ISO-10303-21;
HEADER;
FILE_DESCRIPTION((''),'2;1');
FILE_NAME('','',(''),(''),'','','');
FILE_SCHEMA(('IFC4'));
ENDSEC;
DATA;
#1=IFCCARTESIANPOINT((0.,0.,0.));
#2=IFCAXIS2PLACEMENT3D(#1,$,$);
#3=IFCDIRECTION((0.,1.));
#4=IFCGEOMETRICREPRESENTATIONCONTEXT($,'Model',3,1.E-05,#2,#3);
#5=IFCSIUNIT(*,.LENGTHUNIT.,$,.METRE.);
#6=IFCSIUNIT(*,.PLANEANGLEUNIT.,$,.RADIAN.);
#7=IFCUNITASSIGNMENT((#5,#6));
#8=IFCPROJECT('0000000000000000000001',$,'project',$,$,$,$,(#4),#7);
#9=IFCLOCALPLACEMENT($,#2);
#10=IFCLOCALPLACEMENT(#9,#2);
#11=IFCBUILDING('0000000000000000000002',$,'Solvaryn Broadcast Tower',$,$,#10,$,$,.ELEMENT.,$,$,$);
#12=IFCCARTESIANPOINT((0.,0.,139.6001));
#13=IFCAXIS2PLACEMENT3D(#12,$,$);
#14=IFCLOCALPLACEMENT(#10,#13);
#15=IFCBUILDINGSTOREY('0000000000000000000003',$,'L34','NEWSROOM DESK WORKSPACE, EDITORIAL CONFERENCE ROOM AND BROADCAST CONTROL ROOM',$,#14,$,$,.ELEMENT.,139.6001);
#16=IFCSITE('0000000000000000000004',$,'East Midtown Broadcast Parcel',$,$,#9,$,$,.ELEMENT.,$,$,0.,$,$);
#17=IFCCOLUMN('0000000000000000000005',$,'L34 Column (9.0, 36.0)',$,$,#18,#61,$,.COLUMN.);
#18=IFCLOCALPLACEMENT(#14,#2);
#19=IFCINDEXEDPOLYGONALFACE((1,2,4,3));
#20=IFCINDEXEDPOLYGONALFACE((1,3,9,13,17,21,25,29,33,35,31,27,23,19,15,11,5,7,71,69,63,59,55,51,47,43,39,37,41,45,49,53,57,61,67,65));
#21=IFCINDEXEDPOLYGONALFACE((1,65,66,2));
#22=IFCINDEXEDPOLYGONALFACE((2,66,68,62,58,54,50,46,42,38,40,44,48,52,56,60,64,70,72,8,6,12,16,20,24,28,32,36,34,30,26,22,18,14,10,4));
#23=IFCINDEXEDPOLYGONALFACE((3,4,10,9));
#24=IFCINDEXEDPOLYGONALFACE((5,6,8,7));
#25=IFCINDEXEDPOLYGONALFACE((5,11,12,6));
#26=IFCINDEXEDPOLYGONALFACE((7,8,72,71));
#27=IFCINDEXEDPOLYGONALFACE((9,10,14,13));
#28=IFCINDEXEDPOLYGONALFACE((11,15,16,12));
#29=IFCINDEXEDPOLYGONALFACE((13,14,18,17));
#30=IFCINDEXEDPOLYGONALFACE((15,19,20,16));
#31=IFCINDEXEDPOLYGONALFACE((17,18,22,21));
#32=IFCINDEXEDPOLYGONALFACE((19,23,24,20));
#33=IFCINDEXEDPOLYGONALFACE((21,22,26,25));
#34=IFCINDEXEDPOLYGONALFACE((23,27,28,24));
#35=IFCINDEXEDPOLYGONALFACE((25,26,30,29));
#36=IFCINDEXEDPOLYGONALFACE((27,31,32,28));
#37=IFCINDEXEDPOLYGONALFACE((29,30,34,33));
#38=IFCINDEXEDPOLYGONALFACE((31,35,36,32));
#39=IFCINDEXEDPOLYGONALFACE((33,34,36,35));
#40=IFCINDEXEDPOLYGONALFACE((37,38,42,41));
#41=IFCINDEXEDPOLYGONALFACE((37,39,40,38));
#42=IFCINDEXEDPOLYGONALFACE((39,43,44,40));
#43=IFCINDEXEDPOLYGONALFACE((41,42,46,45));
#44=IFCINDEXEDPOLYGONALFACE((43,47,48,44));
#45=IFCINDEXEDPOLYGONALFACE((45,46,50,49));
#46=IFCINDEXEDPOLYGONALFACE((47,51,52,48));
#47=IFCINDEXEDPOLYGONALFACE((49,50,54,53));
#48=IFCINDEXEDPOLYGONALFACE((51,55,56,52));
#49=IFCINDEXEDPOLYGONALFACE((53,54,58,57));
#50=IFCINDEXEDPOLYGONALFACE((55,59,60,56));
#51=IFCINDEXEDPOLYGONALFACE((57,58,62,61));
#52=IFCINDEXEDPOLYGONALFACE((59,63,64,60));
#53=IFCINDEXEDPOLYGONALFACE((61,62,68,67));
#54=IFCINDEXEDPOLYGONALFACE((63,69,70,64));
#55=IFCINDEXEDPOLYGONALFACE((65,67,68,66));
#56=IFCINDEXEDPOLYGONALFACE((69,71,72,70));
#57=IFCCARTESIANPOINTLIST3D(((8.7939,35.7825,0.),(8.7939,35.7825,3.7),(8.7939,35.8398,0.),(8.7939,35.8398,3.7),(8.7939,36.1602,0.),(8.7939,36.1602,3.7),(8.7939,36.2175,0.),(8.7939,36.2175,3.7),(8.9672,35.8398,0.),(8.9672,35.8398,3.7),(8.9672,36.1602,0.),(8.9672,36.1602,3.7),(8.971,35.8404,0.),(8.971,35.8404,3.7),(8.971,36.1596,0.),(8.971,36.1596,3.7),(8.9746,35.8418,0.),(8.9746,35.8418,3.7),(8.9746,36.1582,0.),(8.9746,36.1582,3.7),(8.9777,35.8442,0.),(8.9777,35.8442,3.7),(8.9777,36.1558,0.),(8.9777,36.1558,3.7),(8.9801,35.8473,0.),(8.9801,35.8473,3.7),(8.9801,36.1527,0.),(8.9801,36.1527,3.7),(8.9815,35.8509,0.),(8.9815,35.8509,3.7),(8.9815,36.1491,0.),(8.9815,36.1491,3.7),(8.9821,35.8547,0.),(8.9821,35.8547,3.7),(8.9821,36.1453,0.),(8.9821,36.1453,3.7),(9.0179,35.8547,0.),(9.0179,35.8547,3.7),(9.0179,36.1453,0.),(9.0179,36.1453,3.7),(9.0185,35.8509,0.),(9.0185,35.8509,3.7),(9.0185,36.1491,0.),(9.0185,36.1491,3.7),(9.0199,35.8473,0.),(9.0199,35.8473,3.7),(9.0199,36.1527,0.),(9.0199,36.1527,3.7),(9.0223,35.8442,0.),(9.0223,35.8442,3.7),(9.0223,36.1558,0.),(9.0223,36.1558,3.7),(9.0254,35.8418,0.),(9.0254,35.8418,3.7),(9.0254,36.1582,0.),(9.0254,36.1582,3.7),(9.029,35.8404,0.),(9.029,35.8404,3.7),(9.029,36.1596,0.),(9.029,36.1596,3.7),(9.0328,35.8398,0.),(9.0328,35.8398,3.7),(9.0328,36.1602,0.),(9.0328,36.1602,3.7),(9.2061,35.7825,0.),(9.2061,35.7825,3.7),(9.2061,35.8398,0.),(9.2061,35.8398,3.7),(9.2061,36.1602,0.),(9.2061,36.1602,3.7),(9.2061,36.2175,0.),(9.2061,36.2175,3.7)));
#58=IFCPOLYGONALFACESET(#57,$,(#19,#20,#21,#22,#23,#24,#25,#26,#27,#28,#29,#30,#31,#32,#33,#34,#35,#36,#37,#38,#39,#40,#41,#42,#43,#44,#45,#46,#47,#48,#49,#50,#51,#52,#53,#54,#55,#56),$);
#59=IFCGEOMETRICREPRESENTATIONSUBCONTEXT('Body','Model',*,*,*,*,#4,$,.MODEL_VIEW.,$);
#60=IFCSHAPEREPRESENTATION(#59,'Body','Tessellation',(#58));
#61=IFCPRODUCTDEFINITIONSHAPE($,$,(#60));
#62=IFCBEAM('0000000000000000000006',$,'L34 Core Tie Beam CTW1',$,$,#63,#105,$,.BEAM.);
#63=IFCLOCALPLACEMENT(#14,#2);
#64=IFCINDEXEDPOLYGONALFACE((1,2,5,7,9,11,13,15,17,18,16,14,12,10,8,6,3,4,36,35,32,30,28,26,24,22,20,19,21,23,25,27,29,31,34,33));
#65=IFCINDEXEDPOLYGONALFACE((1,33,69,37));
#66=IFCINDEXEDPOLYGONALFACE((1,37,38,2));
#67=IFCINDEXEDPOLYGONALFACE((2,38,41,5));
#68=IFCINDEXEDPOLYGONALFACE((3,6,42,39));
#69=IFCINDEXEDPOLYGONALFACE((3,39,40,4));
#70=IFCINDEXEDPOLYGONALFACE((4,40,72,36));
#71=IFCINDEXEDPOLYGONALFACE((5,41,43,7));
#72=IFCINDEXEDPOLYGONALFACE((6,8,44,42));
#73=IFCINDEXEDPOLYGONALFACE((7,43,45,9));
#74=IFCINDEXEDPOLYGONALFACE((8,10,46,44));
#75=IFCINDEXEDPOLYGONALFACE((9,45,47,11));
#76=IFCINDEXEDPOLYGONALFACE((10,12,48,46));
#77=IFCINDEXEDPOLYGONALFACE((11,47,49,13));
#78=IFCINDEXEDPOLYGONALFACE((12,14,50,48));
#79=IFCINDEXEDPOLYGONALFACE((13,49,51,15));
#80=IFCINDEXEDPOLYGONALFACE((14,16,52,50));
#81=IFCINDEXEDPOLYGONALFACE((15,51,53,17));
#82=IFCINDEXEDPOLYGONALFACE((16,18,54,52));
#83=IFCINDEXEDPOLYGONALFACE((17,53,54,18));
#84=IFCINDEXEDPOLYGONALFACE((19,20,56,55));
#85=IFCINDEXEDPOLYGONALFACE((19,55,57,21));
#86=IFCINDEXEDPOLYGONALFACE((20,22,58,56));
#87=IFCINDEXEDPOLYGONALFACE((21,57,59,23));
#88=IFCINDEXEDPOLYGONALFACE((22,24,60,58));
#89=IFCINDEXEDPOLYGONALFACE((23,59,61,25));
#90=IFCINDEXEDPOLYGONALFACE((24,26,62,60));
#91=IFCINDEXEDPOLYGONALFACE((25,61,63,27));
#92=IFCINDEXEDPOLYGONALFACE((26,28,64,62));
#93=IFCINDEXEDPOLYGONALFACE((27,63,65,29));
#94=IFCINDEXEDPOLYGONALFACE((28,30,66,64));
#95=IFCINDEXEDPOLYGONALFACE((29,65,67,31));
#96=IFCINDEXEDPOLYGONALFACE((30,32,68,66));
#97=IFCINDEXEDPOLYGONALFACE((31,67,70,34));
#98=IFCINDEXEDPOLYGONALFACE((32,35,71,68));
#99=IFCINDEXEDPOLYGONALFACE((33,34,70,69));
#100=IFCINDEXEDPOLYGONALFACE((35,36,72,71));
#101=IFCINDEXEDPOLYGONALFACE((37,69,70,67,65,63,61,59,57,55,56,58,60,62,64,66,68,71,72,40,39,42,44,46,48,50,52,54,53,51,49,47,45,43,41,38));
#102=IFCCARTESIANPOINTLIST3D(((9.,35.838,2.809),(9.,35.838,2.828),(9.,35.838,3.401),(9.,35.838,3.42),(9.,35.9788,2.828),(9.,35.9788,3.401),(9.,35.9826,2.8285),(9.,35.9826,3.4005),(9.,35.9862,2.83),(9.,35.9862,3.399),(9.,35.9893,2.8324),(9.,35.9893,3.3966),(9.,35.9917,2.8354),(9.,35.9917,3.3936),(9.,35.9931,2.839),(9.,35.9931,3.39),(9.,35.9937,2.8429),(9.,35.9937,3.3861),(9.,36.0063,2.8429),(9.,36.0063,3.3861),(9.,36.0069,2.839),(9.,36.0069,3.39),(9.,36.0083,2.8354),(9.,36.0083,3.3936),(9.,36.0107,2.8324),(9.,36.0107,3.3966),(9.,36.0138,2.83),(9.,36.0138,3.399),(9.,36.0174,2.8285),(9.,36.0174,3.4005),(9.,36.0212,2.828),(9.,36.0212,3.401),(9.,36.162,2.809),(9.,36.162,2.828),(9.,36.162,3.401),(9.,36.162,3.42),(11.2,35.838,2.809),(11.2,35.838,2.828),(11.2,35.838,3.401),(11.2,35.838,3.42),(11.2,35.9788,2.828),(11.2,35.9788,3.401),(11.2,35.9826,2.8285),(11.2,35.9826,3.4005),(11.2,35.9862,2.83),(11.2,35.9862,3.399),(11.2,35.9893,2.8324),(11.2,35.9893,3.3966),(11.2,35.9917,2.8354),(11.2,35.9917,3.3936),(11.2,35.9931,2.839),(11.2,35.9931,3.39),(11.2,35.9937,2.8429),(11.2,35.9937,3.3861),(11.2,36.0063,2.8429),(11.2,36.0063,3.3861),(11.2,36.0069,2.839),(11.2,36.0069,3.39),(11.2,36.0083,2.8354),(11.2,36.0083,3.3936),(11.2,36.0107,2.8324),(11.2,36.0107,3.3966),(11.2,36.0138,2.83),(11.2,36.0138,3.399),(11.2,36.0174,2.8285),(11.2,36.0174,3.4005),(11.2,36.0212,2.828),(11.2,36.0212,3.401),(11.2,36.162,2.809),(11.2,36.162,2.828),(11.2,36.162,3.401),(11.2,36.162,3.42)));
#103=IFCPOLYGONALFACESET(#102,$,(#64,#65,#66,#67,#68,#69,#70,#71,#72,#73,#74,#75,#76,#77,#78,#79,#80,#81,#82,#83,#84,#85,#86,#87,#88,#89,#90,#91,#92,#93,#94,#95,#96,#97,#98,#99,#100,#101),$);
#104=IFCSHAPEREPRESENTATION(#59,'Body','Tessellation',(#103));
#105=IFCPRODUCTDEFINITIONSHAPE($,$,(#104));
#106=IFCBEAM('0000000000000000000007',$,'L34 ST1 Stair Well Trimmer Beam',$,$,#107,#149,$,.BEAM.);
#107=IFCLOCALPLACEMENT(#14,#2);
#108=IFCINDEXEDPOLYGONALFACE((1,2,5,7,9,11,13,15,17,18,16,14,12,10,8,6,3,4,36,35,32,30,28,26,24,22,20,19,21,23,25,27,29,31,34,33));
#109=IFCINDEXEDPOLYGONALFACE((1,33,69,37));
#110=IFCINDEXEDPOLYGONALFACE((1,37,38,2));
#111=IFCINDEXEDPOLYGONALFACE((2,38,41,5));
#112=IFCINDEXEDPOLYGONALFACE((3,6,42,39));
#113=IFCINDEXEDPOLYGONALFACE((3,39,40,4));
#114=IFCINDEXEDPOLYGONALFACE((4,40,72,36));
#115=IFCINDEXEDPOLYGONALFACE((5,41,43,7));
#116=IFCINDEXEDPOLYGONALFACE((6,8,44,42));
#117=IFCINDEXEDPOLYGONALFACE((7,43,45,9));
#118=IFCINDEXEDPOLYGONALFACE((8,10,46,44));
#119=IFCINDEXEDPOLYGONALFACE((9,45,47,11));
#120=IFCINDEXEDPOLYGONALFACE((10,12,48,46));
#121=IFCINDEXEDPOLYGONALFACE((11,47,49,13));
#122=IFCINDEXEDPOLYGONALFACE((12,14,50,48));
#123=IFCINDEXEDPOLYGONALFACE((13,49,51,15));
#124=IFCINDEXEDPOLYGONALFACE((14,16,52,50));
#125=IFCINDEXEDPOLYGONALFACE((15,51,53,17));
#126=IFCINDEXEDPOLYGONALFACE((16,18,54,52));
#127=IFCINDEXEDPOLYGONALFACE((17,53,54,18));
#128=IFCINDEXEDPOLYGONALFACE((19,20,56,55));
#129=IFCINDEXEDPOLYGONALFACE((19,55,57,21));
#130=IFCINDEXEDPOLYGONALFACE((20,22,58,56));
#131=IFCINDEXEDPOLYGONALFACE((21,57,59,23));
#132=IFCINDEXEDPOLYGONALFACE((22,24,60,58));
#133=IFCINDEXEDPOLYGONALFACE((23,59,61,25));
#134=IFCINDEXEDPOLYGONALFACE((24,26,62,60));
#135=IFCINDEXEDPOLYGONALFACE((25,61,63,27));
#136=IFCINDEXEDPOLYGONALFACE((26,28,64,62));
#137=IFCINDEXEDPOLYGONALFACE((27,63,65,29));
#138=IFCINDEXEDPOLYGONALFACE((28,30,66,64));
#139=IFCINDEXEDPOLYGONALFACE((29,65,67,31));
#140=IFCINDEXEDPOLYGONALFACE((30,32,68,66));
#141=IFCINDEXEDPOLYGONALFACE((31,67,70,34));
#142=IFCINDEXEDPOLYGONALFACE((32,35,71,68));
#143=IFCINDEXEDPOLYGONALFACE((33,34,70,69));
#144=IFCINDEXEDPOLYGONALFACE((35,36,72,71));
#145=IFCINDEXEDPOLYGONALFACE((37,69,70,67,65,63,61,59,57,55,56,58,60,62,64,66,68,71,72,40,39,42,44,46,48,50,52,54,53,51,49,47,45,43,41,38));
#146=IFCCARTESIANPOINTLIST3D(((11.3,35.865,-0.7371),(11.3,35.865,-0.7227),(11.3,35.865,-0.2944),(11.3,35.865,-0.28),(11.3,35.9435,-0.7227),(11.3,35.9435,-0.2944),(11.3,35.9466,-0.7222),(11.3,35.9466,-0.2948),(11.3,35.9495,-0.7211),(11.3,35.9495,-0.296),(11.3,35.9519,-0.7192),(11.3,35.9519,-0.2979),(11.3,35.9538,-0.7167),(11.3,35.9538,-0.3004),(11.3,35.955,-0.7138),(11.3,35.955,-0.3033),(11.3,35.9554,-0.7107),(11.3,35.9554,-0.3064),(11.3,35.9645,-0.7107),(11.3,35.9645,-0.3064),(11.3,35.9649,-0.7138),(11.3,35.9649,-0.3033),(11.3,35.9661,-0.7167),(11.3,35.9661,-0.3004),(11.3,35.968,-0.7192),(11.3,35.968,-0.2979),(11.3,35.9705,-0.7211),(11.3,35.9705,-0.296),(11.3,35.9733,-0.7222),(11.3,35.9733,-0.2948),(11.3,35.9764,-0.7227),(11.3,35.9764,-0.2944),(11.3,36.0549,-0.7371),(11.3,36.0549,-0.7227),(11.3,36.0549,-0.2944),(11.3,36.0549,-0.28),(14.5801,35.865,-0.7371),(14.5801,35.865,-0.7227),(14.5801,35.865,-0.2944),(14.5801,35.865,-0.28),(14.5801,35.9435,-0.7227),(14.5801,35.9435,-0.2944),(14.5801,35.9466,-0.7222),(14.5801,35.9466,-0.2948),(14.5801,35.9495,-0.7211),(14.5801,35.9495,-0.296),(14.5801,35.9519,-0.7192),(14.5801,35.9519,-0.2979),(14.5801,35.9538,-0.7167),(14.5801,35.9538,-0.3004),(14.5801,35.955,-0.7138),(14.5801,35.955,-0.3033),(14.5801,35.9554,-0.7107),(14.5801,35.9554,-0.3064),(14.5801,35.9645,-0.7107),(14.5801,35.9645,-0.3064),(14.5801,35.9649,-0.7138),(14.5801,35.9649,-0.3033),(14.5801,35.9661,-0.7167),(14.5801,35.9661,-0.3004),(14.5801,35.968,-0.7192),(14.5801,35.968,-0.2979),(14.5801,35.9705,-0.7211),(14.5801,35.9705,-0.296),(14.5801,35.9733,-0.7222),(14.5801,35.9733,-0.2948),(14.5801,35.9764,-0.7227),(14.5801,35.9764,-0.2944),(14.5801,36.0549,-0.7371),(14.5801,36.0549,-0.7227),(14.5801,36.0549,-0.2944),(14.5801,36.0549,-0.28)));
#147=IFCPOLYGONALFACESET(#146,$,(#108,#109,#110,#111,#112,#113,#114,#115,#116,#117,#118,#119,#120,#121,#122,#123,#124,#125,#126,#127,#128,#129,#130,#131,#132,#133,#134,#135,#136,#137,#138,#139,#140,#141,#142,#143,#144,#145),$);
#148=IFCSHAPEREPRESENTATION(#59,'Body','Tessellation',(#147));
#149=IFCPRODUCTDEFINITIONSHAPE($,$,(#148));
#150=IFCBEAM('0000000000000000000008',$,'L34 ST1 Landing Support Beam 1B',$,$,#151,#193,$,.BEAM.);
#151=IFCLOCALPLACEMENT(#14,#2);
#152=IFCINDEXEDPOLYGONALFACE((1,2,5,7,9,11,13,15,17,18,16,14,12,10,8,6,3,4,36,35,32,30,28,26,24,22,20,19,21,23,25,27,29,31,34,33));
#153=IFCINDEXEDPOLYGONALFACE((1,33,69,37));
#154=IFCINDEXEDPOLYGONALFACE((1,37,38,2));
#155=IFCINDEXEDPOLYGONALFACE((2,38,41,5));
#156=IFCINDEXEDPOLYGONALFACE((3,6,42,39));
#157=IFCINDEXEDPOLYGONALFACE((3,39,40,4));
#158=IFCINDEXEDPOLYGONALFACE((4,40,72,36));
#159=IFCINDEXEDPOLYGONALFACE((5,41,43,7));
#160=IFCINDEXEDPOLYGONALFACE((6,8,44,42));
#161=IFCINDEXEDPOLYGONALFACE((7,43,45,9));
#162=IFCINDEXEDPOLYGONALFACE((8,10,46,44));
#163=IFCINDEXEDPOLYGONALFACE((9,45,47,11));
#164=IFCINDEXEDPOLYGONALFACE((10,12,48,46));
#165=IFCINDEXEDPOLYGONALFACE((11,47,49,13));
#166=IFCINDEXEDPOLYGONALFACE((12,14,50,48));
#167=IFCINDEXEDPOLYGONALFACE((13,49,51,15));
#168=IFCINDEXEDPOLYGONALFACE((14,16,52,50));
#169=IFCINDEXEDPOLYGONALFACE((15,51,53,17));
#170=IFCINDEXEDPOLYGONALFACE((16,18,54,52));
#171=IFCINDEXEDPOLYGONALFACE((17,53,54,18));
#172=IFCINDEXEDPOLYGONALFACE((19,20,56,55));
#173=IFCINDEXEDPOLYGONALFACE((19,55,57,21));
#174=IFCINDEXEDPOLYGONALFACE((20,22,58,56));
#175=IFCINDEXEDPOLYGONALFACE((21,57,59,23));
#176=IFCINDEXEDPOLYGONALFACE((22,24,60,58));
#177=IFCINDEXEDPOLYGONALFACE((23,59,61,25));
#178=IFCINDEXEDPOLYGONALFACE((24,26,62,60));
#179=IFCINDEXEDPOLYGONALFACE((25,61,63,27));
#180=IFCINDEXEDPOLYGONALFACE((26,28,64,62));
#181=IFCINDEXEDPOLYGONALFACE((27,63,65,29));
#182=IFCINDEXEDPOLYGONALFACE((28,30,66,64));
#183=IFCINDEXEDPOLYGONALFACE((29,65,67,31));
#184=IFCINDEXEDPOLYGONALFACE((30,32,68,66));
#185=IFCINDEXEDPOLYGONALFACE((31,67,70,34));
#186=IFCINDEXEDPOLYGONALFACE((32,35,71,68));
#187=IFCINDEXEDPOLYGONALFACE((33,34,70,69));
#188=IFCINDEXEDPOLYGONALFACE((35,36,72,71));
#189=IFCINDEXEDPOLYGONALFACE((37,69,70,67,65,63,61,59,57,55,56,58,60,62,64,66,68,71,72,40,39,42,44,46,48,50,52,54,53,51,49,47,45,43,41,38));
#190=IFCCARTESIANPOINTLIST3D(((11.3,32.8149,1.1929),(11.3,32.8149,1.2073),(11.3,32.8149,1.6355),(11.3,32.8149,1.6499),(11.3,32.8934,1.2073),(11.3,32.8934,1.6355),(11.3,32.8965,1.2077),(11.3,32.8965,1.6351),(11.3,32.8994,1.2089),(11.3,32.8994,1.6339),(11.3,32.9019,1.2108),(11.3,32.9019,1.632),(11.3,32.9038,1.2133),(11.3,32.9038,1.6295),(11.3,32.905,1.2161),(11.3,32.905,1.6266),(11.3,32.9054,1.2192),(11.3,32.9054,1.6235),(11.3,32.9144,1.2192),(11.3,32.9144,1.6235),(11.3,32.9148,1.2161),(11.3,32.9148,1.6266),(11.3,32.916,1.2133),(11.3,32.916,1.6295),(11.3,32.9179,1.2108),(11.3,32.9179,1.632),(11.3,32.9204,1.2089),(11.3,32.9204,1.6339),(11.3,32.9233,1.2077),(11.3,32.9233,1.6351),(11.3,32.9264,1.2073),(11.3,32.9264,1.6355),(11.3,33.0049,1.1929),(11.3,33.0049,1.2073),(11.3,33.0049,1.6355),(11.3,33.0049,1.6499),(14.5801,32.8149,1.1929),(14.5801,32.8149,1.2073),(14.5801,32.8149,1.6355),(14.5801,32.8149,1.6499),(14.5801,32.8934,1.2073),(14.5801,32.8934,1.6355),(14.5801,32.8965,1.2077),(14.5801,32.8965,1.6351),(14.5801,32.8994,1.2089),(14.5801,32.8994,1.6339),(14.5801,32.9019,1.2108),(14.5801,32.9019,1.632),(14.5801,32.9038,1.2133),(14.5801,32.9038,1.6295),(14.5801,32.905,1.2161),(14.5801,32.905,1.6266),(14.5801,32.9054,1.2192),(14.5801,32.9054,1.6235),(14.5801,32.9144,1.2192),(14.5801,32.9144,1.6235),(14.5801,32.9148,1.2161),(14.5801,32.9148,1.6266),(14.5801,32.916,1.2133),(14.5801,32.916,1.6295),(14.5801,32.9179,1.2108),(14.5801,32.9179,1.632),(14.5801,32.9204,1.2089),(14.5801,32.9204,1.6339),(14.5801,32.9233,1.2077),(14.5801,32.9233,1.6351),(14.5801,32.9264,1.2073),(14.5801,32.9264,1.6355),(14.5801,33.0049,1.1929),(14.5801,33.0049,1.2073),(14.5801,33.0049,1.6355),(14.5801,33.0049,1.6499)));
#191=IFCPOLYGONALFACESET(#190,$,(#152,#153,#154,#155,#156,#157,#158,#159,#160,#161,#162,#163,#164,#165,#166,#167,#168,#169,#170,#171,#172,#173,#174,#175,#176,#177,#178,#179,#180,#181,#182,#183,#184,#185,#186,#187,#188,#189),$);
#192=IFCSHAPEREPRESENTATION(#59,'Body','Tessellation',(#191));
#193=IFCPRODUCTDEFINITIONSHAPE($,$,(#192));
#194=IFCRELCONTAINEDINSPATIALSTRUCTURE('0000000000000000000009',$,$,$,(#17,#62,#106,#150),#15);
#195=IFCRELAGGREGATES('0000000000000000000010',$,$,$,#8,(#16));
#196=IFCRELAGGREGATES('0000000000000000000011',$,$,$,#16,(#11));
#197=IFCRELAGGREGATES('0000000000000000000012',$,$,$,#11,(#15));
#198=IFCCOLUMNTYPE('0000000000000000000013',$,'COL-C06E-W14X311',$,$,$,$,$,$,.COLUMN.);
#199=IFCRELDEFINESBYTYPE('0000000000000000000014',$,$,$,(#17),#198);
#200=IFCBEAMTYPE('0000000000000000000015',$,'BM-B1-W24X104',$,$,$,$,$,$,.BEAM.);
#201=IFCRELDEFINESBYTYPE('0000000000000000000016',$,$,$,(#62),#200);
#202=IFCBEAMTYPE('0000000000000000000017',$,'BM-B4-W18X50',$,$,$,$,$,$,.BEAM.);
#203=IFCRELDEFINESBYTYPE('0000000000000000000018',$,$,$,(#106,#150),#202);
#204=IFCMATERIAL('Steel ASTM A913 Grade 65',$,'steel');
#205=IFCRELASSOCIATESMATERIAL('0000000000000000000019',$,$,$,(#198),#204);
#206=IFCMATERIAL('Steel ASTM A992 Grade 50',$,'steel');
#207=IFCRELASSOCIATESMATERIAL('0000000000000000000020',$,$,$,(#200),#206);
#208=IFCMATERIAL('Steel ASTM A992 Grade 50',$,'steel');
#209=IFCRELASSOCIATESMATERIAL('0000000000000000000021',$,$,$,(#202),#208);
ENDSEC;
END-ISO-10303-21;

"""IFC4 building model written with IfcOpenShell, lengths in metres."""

from ifc_helpers import new_model, si_unit, direction, frame, origin, origin_2d, place, context, subcontext, project, spatial, i_section, extrude, material, material_profile, profile_set, type_object, element, save


model = new_model("IFC4")

# Units and contexts
model_context = context("Model", 3, precision=1e-05, world=origin(), true_north=direction((0.0, 1.0)))
body_context = subcontext(model_context, "Body", "Model", "MODEL_VIEW")
ifc_project = project(units=[si_unit("LENGTHUNIT", "METRE"), si_unit("PLANEANGLEUNIT", "RADIAN")], contexts=[model_context])

# Site, building, storey
site_placement = place(None, origin())
site = spatial("IfcSite", under=ifc_project, at=site_placement, Name="East Midtown Broadcast Parcel", CompositionType="ELEMENT", RefElevation=0.0)
building_placement = place(site_placement, origin())
building = spatial("IfcBuilding", under=site, at=building_placement, Name="Solvaryn Broadcast Tower", CompositionType="ELEMENT")
storey_placement = place(building_placement, frame((0.0, 0.0, 139.6001)))
storey = spatial("IfcBuildingStorey", under=building, at=storey_placement, Name="L34", Description="NEWSROOM DESK WORKSPACE, EDITORIAL CONFERENCE ROOM AND BROADCAST CONTROL ROOM", CompositionType="ELEMENT", Elevation=139.6001)

# Column
ifc_material_1 = material(Name="Steel ASTM A913 Grade 65", Category="steel")
ifc_material_profile_1 = material_profile(ifc_material_1, i_section(OverallWidth=0.4121, OverallDepth=0.4351, WebThickness=0.0359, FlangeThickness=0.0574, FilletRadius=0.0149, at=origin_2d()))
ifc_profile_set_1 = profile_set([ifc_material_profile_1], Name="Steel ASTM A913 Grade 65")
column_type = type_object("IfcColumnType", Name="COL-C06E-W14X311", PredefinedType="COLUMN", material=ifc_profile_set_1)
column_placement = place(storey_placement, frame((9.0, 36.0, 0.0), z_axis=(0.0, 0.0, 1.0), x_axis=(1.0, 0.0, 0.0)))
element("IfcColumn", 1, at=column_placement, inside=storey, type_object=column_type, Name="L34 Column (9.0, 36.0)", PredefinedType="COLUMN", context=body_context, shape_type="SweptSolid", body=[
    extrude(i_section(OverallWidth=0.4121, OverallDepth=0.4351, WebThickness=0.0359, FlangeThickness=0.0574, FilletRadius=0.0149, at=origin_2d()), origin(), (0.0, 0.0, 1.0), 3.7),
])

# Beams
ifc_material_2 = material(Name="Steel ASTM A992 Grade 50", Category="steel")
ifc_material_profile_2 = material_profile(ifc_material_2, i_section(OverallWidth=0.324, OverallDepth=0.6111, WebThickness=0.0127, FlangeThickness=0.019, FilletRadius=0.0149, at=origin_2d()))
ifc_profile_set_2 = profile_set([ifc_material_profile_2], Name="Steel ASTM A992 Grade 50")
beam_type_1 = type_object("IfcBeamType", Name="BM-B1-W24X104", PredefinedType="BEAM", material=ifc_profile_set_2)
beam_1_placement = place(storey_placement, frame((9.0, 36.0, 3.1145), z_axis=(1.0, 0.0, 0.0), x_axis=(0.0, 1.0, 0.0)))
element("IfcBeam", 2, at=beam_1_placement, inside=storey, type_object=beam_type_1, Name="L34 Core Tie Beam CTW1", PredefinedType="BEAM", context=body_context, shape_type="SweptSolid", body=[
    extrude(i_section(OverallWidth=0.324, OverallDepth=0.6111, WebThickness=0.0127, FlangeThickness=0.019, FilletRadius=0.0149, at=origin_2d()), origin(), (0.0, 0.0, 1.0), 2.2),
])
ifc_material_3 = material(Name="Steel ASTM A992 Grade 50", Category="steel")
ifc_material_profile_3 = material_profile(ifc_material_3, i_section(OverallWidth=0.1899, OverallDepth=0.457, WebThickness=0.009, FlangeThickness=0.0144, FilletRadius=0.012, at=origin_2d()))
ifc_profile_set_3 = profile_set([ifc_material_profile_3], Name="Steel ASTM A992 Grade 50")
beam_type_2 = type_object("IfcBeamType", Name="BM-B4-W18X50", PredefinedType="BEAM", material=ifc_profile_set_3)
for number, where, z_axis, x_axis, name in (
    (3, (11.3, 35.96, -0.5085), (1.0, 0.0, 0.0), (0.0, 1.0, 0.0), "L34 ST1 Stair Well Trimmer Beam"),
    (4, (11.3, 32.9099, 1.4214), (1.0, 0.0, 0.0), (0.0, 1.0, 0.0), "L34 ST1 Landing Support Beam 1B"),
):
    element("IfcBeam", number, at=place(storey_placement, frame(where, z_axis=z_axis, x_axis=x_axis)), inside=storey, type_object=beam_type_2, Name=name, PredefinedType="BEAM", context=body_context, shape_type="SweptSolid", body=[
        extrude(i_section(OverallWidth=0.1899, OverallDepth=0.457, WebThickness=0.009, FlangeThickness=0.0144, FilletRadius=0.012, at=origin_2d()), origin(), (0.0, 0.0, 1.0), 3.28),
    ])

save(model, "model.ifc")
